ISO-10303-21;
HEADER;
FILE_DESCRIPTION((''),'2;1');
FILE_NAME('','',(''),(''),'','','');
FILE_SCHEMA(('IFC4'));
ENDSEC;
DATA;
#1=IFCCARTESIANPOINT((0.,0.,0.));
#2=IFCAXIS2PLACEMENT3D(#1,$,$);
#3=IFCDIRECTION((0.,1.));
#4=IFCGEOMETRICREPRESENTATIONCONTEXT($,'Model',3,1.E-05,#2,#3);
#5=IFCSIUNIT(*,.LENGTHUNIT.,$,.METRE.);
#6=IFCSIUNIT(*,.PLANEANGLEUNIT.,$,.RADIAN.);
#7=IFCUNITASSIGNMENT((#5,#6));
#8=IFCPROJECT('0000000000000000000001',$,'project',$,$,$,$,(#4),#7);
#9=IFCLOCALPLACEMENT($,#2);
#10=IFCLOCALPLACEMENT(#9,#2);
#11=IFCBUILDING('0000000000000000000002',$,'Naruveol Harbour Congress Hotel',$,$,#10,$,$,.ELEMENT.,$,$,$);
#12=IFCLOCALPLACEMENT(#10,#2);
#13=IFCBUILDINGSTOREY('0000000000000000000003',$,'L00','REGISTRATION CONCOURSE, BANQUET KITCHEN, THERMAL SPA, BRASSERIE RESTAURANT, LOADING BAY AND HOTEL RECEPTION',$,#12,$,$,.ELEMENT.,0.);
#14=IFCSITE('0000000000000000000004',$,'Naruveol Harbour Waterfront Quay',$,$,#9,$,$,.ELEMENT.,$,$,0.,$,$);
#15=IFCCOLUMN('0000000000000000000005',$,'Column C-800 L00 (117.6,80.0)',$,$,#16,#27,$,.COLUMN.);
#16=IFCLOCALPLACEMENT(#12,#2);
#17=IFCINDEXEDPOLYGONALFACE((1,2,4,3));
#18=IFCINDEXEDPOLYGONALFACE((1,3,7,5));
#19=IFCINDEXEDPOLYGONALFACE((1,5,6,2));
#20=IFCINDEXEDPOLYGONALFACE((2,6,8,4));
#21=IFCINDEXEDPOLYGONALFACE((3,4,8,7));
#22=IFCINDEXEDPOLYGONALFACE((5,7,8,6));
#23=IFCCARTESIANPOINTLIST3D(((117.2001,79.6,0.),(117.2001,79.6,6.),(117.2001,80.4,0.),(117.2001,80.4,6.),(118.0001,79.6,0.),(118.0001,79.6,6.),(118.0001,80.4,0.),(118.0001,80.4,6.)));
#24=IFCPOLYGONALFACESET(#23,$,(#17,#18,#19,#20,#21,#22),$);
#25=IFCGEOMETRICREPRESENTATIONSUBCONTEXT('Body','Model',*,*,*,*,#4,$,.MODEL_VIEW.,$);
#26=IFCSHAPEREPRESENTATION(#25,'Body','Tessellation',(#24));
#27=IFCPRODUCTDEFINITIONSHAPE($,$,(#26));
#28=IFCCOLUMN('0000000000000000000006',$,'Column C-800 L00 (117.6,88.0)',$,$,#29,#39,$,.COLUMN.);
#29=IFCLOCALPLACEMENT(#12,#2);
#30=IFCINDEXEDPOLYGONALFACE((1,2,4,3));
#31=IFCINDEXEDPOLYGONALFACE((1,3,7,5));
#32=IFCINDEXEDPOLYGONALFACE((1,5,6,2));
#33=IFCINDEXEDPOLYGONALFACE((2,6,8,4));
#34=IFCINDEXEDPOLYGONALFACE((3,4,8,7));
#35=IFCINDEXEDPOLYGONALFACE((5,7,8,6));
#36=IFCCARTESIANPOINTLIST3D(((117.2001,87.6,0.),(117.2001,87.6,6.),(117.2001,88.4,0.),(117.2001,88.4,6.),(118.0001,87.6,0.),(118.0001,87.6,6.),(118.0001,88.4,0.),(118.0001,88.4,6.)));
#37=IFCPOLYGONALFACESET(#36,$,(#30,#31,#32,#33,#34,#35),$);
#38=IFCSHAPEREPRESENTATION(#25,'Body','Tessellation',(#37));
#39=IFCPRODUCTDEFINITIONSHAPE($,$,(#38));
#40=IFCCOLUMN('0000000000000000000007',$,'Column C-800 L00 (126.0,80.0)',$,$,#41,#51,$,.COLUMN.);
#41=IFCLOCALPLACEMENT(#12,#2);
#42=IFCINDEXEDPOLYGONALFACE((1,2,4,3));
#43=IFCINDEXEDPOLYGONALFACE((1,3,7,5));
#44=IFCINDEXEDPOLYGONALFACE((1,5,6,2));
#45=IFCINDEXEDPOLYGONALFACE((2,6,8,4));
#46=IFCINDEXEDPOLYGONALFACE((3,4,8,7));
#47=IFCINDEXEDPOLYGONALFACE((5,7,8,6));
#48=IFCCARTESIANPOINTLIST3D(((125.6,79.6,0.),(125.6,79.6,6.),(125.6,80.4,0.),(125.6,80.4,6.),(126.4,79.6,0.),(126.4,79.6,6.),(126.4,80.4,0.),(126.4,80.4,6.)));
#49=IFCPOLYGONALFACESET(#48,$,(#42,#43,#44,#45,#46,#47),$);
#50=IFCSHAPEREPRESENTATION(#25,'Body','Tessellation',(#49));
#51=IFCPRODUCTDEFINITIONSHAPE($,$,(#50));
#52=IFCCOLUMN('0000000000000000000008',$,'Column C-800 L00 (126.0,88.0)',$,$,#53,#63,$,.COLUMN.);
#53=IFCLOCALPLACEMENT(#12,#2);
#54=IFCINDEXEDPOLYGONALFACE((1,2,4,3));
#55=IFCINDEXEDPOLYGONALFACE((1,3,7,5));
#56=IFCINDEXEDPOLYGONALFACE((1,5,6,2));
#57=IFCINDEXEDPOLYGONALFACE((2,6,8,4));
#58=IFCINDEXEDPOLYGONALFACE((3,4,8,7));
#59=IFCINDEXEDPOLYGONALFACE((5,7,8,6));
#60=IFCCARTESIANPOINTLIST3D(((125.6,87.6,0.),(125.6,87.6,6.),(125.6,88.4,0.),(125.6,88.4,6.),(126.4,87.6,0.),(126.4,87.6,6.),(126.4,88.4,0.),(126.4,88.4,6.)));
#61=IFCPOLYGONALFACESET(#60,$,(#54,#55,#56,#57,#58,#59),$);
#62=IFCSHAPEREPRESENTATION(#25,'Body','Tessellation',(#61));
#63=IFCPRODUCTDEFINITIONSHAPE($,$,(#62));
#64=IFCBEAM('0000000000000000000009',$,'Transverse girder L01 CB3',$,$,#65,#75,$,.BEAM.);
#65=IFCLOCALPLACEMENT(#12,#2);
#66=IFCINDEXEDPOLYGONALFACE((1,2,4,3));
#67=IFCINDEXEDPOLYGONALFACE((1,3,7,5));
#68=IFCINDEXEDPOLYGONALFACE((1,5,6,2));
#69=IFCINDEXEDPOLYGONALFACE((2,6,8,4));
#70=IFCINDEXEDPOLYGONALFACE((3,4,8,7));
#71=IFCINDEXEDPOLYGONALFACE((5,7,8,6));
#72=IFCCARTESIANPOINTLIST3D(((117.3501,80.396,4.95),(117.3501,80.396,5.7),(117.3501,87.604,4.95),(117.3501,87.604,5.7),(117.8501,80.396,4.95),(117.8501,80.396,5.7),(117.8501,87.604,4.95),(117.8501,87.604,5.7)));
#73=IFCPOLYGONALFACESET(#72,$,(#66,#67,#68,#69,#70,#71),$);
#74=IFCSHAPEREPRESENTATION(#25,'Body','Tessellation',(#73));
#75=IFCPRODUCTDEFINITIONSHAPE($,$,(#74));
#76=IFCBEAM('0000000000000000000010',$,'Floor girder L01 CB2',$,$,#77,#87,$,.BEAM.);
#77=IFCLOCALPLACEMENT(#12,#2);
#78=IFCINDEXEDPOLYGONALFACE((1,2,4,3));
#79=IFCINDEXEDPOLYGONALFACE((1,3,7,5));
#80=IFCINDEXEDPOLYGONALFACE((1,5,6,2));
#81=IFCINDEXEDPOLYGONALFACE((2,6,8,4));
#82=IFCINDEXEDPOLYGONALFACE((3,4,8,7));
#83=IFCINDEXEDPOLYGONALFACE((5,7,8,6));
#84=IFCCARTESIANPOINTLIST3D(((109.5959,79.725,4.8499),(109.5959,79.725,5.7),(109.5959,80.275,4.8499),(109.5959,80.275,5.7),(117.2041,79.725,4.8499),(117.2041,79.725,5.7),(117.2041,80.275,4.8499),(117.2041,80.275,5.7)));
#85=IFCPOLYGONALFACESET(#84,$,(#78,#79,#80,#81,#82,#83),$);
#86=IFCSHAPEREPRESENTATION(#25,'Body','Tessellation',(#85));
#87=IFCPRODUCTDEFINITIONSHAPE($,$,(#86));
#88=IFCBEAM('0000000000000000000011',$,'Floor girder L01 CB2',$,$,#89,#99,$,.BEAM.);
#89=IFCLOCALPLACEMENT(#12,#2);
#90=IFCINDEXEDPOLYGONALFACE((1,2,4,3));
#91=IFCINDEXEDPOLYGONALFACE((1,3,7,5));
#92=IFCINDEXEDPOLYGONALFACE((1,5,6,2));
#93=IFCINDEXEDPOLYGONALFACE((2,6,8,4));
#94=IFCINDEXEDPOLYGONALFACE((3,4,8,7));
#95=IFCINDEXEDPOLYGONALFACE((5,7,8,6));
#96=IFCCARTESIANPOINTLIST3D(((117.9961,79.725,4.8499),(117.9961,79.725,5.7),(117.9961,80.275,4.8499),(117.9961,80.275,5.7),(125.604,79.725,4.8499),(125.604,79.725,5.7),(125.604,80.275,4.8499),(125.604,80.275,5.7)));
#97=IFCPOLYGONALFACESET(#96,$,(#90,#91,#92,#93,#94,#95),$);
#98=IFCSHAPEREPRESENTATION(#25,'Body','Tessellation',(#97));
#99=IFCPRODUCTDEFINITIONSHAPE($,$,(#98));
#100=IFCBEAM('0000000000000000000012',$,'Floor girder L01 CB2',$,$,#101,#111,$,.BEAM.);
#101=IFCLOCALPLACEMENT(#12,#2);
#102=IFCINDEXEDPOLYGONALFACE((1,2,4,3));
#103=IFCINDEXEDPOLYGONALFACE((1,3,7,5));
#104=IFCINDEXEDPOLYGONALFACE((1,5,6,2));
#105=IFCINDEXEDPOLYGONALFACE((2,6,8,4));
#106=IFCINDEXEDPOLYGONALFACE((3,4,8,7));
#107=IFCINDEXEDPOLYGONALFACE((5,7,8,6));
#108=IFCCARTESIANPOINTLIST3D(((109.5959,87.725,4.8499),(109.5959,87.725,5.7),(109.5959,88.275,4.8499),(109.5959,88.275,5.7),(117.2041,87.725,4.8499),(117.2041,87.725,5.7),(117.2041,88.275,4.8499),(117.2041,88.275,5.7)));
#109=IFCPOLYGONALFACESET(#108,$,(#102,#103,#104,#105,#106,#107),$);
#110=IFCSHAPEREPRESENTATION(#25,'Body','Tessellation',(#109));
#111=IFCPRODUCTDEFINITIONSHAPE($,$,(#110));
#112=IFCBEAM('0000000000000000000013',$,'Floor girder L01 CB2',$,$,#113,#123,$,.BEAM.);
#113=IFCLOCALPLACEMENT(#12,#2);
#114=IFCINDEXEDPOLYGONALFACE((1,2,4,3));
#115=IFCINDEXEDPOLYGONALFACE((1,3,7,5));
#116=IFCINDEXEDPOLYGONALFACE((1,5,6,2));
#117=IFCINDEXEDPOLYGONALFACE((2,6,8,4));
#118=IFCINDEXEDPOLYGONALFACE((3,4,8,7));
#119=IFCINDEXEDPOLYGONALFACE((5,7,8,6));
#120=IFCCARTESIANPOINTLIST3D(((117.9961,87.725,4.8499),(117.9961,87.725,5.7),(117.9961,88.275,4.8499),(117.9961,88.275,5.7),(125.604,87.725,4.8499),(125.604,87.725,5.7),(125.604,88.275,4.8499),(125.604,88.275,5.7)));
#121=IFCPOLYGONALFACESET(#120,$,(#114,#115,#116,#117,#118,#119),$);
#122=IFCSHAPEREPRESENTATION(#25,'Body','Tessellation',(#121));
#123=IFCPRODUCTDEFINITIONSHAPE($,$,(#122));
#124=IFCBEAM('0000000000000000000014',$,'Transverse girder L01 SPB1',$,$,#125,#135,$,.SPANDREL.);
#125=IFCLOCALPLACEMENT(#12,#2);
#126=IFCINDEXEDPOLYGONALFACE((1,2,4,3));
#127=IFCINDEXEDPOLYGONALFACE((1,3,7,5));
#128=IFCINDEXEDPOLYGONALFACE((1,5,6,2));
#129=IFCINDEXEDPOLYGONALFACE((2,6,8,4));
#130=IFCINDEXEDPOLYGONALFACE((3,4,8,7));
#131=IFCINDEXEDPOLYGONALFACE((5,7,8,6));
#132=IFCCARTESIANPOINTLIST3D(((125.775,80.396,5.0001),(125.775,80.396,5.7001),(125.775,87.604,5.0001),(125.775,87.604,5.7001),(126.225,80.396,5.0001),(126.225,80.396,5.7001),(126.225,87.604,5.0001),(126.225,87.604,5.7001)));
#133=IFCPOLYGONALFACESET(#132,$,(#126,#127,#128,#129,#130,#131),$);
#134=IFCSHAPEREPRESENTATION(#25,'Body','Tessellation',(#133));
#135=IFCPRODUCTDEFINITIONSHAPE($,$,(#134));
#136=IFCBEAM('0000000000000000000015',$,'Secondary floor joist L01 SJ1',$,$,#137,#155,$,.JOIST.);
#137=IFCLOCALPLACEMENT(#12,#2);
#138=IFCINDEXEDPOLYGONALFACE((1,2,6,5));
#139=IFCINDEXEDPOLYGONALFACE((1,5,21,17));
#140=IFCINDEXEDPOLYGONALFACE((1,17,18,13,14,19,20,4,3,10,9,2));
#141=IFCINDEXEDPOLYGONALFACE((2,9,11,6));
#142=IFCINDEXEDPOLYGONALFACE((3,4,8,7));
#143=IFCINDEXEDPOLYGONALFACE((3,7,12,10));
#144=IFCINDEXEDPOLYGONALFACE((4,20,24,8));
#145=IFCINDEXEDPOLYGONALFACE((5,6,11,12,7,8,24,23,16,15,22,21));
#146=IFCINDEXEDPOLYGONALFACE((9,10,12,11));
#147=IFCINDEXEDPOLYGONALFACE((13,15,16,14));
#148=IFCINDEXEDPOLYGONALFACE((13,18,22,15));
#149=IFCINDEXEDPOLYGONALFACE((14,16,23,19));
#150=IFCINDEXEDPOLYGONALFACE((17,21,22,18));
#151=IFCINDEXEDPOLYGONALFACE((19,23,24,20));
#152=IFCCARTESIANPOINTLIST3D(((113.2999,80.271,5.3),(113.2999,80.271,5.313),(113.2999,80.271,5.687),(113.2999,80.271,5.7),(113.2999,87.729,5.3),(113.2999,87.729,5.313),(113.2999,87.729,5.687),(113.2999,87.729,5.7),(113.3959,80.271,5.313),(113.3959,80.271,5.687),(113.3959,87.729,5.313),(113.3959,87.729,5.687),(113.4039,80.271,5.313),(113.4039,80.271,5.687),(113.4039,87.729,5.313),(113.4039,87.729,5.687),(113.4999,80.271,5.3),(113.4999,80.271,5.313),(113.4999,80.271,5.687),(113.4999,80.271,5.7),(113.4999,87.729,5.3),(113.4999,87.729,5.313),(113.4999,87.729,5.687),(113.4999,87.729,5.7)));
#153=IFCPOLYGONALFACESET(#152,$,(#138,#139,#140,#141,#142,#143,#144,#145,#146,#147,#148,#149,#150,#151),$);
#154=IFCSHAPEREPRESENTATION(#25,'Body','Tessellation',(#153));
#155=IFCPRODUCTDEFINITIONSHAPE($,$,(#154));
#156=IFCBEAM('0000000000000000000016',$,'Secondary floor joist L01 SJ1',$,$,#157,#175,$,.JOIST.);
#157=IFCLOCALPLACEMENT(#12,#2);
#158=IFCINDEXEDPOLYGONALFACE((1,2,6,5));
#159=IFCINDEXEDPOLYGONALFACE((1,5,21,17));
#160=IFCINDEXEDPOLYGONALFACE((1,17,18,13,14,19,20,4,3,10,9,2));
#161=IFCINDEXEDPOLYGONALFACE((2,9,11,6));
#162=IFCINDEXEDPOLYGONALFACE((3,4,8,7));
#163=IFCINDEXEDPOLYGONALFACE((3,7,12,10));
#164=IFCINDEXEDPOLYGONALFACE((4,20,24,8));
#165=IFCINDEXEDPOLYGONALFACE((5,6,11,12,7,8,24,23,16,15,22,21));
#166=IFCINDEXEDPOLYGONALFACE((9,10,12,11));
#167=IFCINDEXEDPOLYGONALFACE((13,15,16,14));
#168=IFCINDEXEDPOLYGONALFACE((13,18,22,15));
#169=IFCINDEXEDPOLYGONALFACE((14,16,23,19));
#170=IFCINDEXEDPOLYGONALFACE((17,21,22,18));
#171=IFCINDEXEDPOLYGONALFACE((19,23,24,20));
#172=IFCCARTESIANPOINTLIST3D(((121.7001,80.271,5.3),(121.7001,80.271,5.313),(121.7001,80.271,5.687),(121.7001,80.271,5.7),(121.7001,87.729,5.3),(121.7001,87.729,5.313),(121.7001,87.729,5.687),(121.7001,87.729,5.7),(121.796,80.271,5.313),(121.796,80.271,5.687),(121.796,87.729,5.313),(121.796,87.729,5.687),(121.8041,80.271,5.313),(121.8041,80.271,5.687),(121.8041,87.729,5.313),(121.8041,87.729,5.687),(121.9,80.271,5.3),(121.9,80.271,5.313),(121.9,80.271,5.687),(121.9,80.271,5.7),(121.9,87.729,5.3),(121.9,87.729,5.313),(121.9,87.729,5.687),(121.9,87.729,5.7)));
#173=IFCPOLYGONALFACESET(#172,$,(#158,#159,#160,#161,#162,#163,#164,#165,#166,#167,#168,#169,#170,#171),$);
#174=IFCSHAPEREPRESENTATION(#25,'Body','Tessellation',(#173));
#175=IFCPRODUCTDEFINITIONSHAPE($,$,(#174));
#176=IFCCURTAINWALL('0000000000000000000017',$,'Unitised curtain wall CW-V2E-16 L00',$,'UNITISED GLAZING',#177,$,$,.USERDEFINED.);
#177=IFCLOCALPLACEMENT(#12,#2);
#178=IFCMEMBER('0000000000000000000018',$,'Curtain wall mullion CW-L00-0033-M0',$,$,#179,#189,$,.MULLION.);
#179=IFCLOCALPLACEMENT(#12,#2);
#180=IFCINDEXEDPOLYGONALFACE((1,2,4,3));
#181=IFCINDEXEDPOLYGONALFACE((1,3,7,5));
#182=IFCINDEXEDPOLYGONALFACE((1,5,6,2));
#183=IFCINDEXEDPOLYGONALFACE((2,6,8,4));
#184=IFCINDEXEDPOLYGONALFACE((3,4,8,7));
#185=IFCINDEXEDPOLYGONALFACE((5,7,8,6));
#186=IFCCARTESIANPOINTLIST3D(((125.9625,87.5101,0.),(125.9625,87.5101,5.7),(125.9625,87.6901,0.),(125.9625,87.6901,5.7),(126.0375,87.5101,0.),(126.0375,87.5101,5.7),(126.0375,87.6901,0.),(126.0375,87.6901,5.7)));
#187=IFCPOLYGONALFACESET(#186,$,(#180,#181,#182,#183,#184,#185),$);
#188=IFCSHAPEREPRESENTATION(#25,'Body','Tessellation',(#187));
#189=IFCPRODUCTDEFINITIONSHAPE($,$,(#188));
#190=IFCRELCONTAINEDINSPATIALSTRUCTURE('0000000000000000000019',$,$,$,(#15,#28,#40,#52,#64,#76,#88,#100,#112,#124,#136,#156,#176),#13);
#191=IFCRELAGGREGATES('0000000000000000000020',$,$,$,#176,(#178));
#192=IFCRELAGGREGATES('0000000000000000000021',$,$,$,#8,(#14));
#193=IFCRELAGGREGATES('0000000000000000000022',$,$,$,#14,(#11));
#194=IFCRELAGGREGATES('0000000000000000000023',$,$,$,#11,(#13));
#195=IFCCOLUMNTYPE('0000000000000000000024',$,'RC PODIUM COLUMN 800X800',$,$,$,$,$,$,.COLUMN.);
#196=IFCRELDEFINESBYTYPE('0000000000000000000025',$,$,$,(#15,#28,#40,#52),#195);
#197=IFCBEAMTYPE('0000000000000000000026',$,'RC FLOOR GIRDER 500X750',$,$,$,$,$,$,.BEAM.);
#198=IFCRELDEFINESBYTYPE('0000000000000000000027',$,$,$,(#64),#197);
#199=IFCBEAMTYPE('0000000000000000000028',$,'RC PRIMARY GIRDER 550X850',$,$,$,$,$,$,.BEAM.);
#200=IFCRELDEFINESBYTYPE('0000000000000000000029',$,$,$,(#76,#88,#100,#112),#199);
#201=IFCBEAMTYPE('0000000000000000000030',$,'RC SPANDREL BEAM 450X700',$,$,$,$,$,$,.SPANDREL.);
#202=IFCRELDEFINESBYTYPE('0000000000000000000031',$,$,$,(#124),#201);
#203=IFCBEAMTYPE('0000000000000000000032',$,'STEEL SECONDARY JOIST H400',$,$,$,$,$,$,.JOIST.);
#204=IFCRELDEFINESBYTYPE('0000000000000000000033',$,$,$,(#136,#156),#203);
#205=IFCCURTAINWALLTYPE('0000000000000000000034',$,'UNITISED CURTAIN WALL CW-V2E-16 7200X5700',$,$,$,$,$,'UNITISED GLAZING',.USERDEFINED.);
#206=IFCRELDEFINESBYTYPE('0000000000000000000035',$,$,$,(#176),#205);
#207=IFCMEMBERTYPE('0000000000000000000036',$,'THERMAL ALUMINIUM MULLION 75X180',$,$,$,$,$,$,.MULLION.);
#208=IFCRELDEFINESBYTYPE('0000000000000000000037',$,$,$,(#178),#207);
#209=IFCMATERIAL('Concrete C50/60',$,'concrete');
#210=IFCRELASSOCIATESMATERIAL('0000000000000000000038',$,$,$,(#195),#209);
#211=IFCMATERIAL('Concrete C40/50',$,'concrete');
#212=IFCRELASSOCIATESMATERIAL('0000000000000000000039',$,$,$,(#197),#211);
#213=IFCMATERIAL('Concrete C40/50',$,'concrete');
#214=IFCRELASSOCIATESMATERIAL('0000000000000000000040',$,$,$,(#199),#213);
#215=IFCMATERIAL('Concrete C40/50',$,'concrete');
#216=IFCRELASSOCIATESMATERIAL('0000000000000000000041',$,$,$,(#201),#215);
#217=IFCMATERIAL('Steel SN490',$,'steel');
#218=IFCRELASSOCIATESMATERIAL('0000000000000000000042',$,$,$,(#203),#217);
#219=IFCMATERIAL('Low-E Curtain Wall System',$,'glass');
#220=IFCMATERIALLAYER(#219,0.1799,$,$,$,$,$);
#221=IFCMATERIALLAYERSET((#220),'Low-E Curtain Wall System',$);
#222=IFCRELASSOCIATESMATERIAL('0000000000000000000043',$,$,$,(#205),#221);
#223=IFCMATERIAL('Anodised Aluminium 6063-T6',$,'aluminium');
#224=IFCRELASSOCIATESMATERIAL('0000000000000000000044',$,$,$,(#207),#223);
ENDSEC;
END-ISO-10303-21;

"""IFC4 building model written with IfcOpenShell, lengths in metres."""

from ifc_helpers import new_model, si_unit, direction, frame, origin, origin_2d, place, context, subcontext, project, spatial, rectangle, i_section, extrude, material, layer, layer_set, material_profile, profile_set, type_object, element, aggregate, save


model = new_model("IFC4")

# Units and contexts
model_context = context("Model", 3, precision=1e-05, world=origin(), true_north=direction((0.0, 1.0)))
body_context = subcontext(model_context, "Body", "Model", "MODEL_VIEW")
ifc_project = project(units=[si_unit("LENGTHUNIT", "METRE"), si_unit("PLANEANGLEUNIT", "RADIAN")], contexts=[model_context])

# Site, building, storey
site_placement = place(None, origin())
site = spatial("IfcSite", under=ifc_project, at=site_placement, Name="Naruveol Harbour Waterfront Quay", CompositionType="ELEMENT", RefElevation=0.0)
building_placement = place(site_placement, origin())
building = spatial("IfcBuilding", under=site, at=building_placement, Name="Naruveol Harbour Congress Hotel", CompositionType="ELEMENT")
storey_placement = place(building_placement, origin())
storey = spatial("IfcBuildingStorey", under=building, at=storey_placement, Name="L00", Description="REGISTRATION CONCOURSE, BANQUET KITCHEN, THERMAL SPA, BRASSERIE RESTAURANT, LOADING BAY AND HOTEL RECEPTION", CompositionType="ELEMENT", Elevation=0.0)

# Columns
ifc_material_1 = material(Name="Concrete C50/60", Category="concrete")
ifc_material_profile_1 = material_profile(ifc_material_1, rectangle(XDim=0.8, YDim=0.8, at=origin_2d()), Name="RC-800x800")
ifc_profile_set_1 = profile_set([ifc_material_profile_1], Name="Concrete C50/60")
column_type = type_object("IfcColumnType", Name="RC PODIUM COLUMN 800X800", PredefinedType="COLUMN", material=ifc_profile_set_1)
for number, where, z_axis, x_axis, name in (
    (1, (117.6001, 80.0, 0.0), (0.0, 0.0, 1.0), (1.0, 0.0, 0.0), "Column C-800 L00 (117.6,80.0)"),
    (2, (117.6001, 88.0, 0.0), (0.0, 0.0, 1.0), (1.0, 0.0, 0.0), "Column C-800 L00 (117.6,88.0)"),
    (3, (126.0, 80.0, 0.0), (0.0, 0.0, 1.0), (1.0, 0.0, 0.0), "Column C-800 L00 (126.0,80.0)"),
    (4, (126.0, 88.0, 0.0), (0.0, 0.0, 1.0), (1.0, 0.0, 0.0), "Column C-800 L00 (126.0,88.0)"),
):
    element("IfcColumn", number, at=place(storey_placement, frame(where, z_axis=z_axis, x_axis=x_axis)), inside=storey, type_object=column_type, Name=name, PredefinedType="COLUMN", context=body_context, shape_type="SweptSolid", body=[
        extrude(rectangle(XDim=0.8, YDim=0.8, at=origin_2d()), origin(), (0.0, 0.0, 1.0), 6.0),
    ])

# Beams
ifc_material_2 = material(Name="Concrete C40/50", Category="concrete")
ifc_material_profile_2 = material_profile(ifc_material_2, rectangle(XDim=0.5, YDim=0.75, at=origin_2d()), Name="RCB-500x750")
ifc_profile_set_2 = profile_set([ifc_material_profile_2], Name="Concrete C40/50")
beam_type_1 = type_object("IfcBeamType", Name="RC FLOOR GIRDER 500X750", PredefinedType="BEAM", material=ifc_profile_set_2)
beam_1_placement = place(storey_placement, frame((117.6001, 80.396, 5.325), z_axis=(0.0, 1.0, 0.0), x_axis=(-1.0, 0.0, 0.0)))
element("IfcBeam", 5, at=beam_1_placement, inside=storey, type_object=beam_type_1, Name="Transverse girder L01 CB3", PredefinedType="BEAM", context=body_context, shape_type="SweptSolid", body=[
    extrude(rectangle(XDim=0.5, YDim=0.75, at=origin_2d()), origin(), (0.0, 0.0, 1.0), 7.208),
])
ifc_material_3 = material(Name="Concrete C40/50", Category="concrete")
ifc_material_profile_3 = material_profile(ifc_material_3, rectangle(XDim=0.55, YDim=0.8501, at=origin_2d()), Name="RCB-550x850")
ifc_profile_set_3 = profile_set([ifc_material_profile_3], Name="Concrete C40/50")
beam_type_2 = type_object("IfcBeamType", Name="RC PRIMARY GIRDER 550X850", PredefinedType="BEAM", material=ifc_profile_set_3)
beam_2_placement = place(storey_placement, frame((109.5959, 80.0, 5.2749), z_axis=(1.0, 0.0, 0.0), x_axis=(0.0, 1.0, 0.0)))
element("IfcBeam", 6, at=beam_2_placement, inside=storey, type_object=beam_type_2, Name="Floor girder L01 CB2", PredefinedType="BEAM", context=body_context, shape_type="SweptSolid", body=[
    extrude(rectangle(XDim=0.55, YDim=0.8501, at=origin_2d()), origin(), (0.0, 0.0, 1.0), 7.6082),
])
beam_3_placement = place(storey_placement, frame((117.9961, 80.0, 5.2749), z_axis=(1.0, 0.0, 0.0), x_axis=(0.0, 1.0, 0.0)))
element("IfcBeam", 7, at=beam_3_placement, inside=storey, type_object=beam_type_2, Name="Floor girder L01 CB2", PredefinedType="BEAM", context=body_context, shape_type="SweptSolid", body=[
    extrude(rectangle(XDim=0.55, YDim=0.8501, at=origin_2d()), origin(), (0.0, 0.0, 1.0), 7.6079),
])
beam_4_placement = place(storey_placement, frame((109.5959, 88.0, 5.2749), z_axis=(1.0, 0.0, 0.0), x_axis=(0.0, 1.0, 0.0)))
element("IfcBeam", 8, at=beam_4_placement, inside=storey, type_object=beam_type_2, Name="Floor girder L01 CB2", PredefinedType="BEAM", context=body_context, shape_type="SweptSolid", body=[
    extrude(rectangle(XDim=0.55, YDim=0.8501, at=origin_2d()), origin(), (0.0, 0.0, 1.0), 7.6082),
])
beam_5_placement = place(storey_placement, frame((117.9961, 88.0, 5.2749), z_axis=(1.0, 0.0, 0.0), x_axis=(0.0, 1.0, 0.0)))
element("IfcBeam", 9, at=beam_5_placement, inside=storey, type_object=beam_type_2, Name="Floor girder L01 CB2", PredefinedType="BEAM", context=body_context, shape_type="SweptSolid", body=[
    extrude(rectangle(XDim=0.55, YDim=0.8501, at=origin_2d()), origin(), (0.0, 0.0, 1.0), 7.6079),
])
ifc_material_4 = material(Name="Concrete C40/50", Category="concrete")
ifc_material_profile_4 = material_profile(ifc_material_4, rectangle(XDim=0.45, YDim=0.7, at=origin_2d()), Name="RCB-450x700")
ifc_profile_set_4 = profile_set([ifc_material_profile_4], Name="Concrete C40/50")
beam_type_3 = type_object("IfcBeamType", Name="RC SPANDREL BEAM 450X700", PredefinedType="SPANDREL", material=ifc_profile_set_4)
beam_6_placement = place(storey_placement, frame((126.0, 80.396, 5.3501), z_axis=(0.0, 1.0, 0.0), x_axis=(-1.0, 0.0, 0.0)))
element("IfcBeam", 10, at=beam_6_placement, inside=storey, type_object=beam_type_3, Name="Transverse girder L01 SPB1", PredefinedType="SPANDREL", context=body_context, shape_type="SweptSolid", body=[
    extrude(rectangle(XDim=0.45, YDim=0.7, at=origin_2d()), origin(), (0.0, 0.0, 1.0), 7.208),
])
ifc_material_5 = material(Name="Steel SN490", Category="steel")
ifc_material_profile_5 = material_profile(ifc_material_5, i_section(OverallWidth=0.2, OverallDepth=0.3999, WebThickness=0.0081, FlangeThickness=0.0129, at=origin_2d()), Name="H-400x200x8x13")
ifc_profile_set_5 = profile_set([ifc_material_profile_5], Name="Steel SN490")
beam_type_4 = type_object("IfcBeamType", Name="STEEL SECONDARY JOIST H400", PredefinedType="JOIST", material=ifc_profile_set_5)
for number, where, z_axis, x_axis, name in (
    (11, (113.3999, 80.271, 5.5), (0.0, 1.0, 0.0), (-1.0, 0.0, 0.0), "Secondary floor joist L01 SJ1"),
    (12, (121.8, 80.271, 5.5), (0.0, 1.0, 0.0), (-1.0, 0.0, 0.0), "Secondary floor joist L01 SJ1"),
):
    element("IfcBeam", number, at=place(storey_placement, frame(where, z_axis=z_axis, x_axis=x_axis)), inside=storey, type_object=beam_type_4, Name=name, PredefinedType="JOIST", context=body_context, shape_type="SweptSolid", body=[
        extrude(i_section(OverallWidth=0.2, OverallDepth=0.3999, WebThickness=0.0081, FlangeThickness=0.0129, at=origin_2d()), origin(), (0.0, 0.0, 1.0), 7.458),
    ])

# Curtain wall, member
ifc_material_6 = material(Name="Low-E Curtain Wall System", Category="glass")
ifc_layer_1 = layer(ifc_material_6, 0.1799)
ifc_layer_set_1 = layer_set([ifc_layer_1], Name="Low-E Curtain Wall System")
curtain_wall_type = type_object("IfcCurtainWallType", Name="UNITISED CURTAIN WALL CW-V2E-16 7200X5700", ElementType="UNITISED GLAZING", PredefinedType="USERDEFINED", material=ifc_layer_set_1)
curtain_wall_placement = place(storey_placement, origin())
curtain_wall = element("IfcCurtainWall", 13, at=curtain_wall_placement, inside=storey, type_object=curtain_wall_type, Name="Unitised curtain wall CW-V2E-16 L00", ObjectType="UNITISED GLAZING", PredefinedType="USERDEFINED")
ifc_material_7 = material(Name="Anodised Aluminium 6063-T6", Category="aluminium")
ifc_material_profile_6 = material_profile(ifc_material_7, rectangle(XDim=0.075, YDim=0.1799, at=origin_2d()), Name="ALU-75x180")
ifc_profile_set_6 = profile_set([ifc_material_profile_6], Name="Anodised Aluminium 6063-T6")
member_type_1 = type_object("IfcMemberType", Name="THERMAL ALUMINIUM MULLION 75X180", PredefinedType="MULLION", material=ifc_profile_set_6)
member_1_placement = place(storey_placement, frame((126.0, 87.6001, 0.0), z_axis=(0.0, 0.0, 1.0), x_axis=(1.0, 0.0, 0.0)))
member_1 = element("IfcMember", 14, at=member_1_placement, type_object=member_type_1, Name="Curtain wall mullion CW-L00-0033-M0", PredefinedType="MULLION", context=body_context, shape_type="SweptSolid", body=[
    extrude(rectangle(XDim=0.075, YDim=0.1799, at=origin_2d()), origin(), (0.0, 0.0, 1.0), 5.7),
])
aggregate(curtain_wall, [member_1])

save(model, "model.ifc")
